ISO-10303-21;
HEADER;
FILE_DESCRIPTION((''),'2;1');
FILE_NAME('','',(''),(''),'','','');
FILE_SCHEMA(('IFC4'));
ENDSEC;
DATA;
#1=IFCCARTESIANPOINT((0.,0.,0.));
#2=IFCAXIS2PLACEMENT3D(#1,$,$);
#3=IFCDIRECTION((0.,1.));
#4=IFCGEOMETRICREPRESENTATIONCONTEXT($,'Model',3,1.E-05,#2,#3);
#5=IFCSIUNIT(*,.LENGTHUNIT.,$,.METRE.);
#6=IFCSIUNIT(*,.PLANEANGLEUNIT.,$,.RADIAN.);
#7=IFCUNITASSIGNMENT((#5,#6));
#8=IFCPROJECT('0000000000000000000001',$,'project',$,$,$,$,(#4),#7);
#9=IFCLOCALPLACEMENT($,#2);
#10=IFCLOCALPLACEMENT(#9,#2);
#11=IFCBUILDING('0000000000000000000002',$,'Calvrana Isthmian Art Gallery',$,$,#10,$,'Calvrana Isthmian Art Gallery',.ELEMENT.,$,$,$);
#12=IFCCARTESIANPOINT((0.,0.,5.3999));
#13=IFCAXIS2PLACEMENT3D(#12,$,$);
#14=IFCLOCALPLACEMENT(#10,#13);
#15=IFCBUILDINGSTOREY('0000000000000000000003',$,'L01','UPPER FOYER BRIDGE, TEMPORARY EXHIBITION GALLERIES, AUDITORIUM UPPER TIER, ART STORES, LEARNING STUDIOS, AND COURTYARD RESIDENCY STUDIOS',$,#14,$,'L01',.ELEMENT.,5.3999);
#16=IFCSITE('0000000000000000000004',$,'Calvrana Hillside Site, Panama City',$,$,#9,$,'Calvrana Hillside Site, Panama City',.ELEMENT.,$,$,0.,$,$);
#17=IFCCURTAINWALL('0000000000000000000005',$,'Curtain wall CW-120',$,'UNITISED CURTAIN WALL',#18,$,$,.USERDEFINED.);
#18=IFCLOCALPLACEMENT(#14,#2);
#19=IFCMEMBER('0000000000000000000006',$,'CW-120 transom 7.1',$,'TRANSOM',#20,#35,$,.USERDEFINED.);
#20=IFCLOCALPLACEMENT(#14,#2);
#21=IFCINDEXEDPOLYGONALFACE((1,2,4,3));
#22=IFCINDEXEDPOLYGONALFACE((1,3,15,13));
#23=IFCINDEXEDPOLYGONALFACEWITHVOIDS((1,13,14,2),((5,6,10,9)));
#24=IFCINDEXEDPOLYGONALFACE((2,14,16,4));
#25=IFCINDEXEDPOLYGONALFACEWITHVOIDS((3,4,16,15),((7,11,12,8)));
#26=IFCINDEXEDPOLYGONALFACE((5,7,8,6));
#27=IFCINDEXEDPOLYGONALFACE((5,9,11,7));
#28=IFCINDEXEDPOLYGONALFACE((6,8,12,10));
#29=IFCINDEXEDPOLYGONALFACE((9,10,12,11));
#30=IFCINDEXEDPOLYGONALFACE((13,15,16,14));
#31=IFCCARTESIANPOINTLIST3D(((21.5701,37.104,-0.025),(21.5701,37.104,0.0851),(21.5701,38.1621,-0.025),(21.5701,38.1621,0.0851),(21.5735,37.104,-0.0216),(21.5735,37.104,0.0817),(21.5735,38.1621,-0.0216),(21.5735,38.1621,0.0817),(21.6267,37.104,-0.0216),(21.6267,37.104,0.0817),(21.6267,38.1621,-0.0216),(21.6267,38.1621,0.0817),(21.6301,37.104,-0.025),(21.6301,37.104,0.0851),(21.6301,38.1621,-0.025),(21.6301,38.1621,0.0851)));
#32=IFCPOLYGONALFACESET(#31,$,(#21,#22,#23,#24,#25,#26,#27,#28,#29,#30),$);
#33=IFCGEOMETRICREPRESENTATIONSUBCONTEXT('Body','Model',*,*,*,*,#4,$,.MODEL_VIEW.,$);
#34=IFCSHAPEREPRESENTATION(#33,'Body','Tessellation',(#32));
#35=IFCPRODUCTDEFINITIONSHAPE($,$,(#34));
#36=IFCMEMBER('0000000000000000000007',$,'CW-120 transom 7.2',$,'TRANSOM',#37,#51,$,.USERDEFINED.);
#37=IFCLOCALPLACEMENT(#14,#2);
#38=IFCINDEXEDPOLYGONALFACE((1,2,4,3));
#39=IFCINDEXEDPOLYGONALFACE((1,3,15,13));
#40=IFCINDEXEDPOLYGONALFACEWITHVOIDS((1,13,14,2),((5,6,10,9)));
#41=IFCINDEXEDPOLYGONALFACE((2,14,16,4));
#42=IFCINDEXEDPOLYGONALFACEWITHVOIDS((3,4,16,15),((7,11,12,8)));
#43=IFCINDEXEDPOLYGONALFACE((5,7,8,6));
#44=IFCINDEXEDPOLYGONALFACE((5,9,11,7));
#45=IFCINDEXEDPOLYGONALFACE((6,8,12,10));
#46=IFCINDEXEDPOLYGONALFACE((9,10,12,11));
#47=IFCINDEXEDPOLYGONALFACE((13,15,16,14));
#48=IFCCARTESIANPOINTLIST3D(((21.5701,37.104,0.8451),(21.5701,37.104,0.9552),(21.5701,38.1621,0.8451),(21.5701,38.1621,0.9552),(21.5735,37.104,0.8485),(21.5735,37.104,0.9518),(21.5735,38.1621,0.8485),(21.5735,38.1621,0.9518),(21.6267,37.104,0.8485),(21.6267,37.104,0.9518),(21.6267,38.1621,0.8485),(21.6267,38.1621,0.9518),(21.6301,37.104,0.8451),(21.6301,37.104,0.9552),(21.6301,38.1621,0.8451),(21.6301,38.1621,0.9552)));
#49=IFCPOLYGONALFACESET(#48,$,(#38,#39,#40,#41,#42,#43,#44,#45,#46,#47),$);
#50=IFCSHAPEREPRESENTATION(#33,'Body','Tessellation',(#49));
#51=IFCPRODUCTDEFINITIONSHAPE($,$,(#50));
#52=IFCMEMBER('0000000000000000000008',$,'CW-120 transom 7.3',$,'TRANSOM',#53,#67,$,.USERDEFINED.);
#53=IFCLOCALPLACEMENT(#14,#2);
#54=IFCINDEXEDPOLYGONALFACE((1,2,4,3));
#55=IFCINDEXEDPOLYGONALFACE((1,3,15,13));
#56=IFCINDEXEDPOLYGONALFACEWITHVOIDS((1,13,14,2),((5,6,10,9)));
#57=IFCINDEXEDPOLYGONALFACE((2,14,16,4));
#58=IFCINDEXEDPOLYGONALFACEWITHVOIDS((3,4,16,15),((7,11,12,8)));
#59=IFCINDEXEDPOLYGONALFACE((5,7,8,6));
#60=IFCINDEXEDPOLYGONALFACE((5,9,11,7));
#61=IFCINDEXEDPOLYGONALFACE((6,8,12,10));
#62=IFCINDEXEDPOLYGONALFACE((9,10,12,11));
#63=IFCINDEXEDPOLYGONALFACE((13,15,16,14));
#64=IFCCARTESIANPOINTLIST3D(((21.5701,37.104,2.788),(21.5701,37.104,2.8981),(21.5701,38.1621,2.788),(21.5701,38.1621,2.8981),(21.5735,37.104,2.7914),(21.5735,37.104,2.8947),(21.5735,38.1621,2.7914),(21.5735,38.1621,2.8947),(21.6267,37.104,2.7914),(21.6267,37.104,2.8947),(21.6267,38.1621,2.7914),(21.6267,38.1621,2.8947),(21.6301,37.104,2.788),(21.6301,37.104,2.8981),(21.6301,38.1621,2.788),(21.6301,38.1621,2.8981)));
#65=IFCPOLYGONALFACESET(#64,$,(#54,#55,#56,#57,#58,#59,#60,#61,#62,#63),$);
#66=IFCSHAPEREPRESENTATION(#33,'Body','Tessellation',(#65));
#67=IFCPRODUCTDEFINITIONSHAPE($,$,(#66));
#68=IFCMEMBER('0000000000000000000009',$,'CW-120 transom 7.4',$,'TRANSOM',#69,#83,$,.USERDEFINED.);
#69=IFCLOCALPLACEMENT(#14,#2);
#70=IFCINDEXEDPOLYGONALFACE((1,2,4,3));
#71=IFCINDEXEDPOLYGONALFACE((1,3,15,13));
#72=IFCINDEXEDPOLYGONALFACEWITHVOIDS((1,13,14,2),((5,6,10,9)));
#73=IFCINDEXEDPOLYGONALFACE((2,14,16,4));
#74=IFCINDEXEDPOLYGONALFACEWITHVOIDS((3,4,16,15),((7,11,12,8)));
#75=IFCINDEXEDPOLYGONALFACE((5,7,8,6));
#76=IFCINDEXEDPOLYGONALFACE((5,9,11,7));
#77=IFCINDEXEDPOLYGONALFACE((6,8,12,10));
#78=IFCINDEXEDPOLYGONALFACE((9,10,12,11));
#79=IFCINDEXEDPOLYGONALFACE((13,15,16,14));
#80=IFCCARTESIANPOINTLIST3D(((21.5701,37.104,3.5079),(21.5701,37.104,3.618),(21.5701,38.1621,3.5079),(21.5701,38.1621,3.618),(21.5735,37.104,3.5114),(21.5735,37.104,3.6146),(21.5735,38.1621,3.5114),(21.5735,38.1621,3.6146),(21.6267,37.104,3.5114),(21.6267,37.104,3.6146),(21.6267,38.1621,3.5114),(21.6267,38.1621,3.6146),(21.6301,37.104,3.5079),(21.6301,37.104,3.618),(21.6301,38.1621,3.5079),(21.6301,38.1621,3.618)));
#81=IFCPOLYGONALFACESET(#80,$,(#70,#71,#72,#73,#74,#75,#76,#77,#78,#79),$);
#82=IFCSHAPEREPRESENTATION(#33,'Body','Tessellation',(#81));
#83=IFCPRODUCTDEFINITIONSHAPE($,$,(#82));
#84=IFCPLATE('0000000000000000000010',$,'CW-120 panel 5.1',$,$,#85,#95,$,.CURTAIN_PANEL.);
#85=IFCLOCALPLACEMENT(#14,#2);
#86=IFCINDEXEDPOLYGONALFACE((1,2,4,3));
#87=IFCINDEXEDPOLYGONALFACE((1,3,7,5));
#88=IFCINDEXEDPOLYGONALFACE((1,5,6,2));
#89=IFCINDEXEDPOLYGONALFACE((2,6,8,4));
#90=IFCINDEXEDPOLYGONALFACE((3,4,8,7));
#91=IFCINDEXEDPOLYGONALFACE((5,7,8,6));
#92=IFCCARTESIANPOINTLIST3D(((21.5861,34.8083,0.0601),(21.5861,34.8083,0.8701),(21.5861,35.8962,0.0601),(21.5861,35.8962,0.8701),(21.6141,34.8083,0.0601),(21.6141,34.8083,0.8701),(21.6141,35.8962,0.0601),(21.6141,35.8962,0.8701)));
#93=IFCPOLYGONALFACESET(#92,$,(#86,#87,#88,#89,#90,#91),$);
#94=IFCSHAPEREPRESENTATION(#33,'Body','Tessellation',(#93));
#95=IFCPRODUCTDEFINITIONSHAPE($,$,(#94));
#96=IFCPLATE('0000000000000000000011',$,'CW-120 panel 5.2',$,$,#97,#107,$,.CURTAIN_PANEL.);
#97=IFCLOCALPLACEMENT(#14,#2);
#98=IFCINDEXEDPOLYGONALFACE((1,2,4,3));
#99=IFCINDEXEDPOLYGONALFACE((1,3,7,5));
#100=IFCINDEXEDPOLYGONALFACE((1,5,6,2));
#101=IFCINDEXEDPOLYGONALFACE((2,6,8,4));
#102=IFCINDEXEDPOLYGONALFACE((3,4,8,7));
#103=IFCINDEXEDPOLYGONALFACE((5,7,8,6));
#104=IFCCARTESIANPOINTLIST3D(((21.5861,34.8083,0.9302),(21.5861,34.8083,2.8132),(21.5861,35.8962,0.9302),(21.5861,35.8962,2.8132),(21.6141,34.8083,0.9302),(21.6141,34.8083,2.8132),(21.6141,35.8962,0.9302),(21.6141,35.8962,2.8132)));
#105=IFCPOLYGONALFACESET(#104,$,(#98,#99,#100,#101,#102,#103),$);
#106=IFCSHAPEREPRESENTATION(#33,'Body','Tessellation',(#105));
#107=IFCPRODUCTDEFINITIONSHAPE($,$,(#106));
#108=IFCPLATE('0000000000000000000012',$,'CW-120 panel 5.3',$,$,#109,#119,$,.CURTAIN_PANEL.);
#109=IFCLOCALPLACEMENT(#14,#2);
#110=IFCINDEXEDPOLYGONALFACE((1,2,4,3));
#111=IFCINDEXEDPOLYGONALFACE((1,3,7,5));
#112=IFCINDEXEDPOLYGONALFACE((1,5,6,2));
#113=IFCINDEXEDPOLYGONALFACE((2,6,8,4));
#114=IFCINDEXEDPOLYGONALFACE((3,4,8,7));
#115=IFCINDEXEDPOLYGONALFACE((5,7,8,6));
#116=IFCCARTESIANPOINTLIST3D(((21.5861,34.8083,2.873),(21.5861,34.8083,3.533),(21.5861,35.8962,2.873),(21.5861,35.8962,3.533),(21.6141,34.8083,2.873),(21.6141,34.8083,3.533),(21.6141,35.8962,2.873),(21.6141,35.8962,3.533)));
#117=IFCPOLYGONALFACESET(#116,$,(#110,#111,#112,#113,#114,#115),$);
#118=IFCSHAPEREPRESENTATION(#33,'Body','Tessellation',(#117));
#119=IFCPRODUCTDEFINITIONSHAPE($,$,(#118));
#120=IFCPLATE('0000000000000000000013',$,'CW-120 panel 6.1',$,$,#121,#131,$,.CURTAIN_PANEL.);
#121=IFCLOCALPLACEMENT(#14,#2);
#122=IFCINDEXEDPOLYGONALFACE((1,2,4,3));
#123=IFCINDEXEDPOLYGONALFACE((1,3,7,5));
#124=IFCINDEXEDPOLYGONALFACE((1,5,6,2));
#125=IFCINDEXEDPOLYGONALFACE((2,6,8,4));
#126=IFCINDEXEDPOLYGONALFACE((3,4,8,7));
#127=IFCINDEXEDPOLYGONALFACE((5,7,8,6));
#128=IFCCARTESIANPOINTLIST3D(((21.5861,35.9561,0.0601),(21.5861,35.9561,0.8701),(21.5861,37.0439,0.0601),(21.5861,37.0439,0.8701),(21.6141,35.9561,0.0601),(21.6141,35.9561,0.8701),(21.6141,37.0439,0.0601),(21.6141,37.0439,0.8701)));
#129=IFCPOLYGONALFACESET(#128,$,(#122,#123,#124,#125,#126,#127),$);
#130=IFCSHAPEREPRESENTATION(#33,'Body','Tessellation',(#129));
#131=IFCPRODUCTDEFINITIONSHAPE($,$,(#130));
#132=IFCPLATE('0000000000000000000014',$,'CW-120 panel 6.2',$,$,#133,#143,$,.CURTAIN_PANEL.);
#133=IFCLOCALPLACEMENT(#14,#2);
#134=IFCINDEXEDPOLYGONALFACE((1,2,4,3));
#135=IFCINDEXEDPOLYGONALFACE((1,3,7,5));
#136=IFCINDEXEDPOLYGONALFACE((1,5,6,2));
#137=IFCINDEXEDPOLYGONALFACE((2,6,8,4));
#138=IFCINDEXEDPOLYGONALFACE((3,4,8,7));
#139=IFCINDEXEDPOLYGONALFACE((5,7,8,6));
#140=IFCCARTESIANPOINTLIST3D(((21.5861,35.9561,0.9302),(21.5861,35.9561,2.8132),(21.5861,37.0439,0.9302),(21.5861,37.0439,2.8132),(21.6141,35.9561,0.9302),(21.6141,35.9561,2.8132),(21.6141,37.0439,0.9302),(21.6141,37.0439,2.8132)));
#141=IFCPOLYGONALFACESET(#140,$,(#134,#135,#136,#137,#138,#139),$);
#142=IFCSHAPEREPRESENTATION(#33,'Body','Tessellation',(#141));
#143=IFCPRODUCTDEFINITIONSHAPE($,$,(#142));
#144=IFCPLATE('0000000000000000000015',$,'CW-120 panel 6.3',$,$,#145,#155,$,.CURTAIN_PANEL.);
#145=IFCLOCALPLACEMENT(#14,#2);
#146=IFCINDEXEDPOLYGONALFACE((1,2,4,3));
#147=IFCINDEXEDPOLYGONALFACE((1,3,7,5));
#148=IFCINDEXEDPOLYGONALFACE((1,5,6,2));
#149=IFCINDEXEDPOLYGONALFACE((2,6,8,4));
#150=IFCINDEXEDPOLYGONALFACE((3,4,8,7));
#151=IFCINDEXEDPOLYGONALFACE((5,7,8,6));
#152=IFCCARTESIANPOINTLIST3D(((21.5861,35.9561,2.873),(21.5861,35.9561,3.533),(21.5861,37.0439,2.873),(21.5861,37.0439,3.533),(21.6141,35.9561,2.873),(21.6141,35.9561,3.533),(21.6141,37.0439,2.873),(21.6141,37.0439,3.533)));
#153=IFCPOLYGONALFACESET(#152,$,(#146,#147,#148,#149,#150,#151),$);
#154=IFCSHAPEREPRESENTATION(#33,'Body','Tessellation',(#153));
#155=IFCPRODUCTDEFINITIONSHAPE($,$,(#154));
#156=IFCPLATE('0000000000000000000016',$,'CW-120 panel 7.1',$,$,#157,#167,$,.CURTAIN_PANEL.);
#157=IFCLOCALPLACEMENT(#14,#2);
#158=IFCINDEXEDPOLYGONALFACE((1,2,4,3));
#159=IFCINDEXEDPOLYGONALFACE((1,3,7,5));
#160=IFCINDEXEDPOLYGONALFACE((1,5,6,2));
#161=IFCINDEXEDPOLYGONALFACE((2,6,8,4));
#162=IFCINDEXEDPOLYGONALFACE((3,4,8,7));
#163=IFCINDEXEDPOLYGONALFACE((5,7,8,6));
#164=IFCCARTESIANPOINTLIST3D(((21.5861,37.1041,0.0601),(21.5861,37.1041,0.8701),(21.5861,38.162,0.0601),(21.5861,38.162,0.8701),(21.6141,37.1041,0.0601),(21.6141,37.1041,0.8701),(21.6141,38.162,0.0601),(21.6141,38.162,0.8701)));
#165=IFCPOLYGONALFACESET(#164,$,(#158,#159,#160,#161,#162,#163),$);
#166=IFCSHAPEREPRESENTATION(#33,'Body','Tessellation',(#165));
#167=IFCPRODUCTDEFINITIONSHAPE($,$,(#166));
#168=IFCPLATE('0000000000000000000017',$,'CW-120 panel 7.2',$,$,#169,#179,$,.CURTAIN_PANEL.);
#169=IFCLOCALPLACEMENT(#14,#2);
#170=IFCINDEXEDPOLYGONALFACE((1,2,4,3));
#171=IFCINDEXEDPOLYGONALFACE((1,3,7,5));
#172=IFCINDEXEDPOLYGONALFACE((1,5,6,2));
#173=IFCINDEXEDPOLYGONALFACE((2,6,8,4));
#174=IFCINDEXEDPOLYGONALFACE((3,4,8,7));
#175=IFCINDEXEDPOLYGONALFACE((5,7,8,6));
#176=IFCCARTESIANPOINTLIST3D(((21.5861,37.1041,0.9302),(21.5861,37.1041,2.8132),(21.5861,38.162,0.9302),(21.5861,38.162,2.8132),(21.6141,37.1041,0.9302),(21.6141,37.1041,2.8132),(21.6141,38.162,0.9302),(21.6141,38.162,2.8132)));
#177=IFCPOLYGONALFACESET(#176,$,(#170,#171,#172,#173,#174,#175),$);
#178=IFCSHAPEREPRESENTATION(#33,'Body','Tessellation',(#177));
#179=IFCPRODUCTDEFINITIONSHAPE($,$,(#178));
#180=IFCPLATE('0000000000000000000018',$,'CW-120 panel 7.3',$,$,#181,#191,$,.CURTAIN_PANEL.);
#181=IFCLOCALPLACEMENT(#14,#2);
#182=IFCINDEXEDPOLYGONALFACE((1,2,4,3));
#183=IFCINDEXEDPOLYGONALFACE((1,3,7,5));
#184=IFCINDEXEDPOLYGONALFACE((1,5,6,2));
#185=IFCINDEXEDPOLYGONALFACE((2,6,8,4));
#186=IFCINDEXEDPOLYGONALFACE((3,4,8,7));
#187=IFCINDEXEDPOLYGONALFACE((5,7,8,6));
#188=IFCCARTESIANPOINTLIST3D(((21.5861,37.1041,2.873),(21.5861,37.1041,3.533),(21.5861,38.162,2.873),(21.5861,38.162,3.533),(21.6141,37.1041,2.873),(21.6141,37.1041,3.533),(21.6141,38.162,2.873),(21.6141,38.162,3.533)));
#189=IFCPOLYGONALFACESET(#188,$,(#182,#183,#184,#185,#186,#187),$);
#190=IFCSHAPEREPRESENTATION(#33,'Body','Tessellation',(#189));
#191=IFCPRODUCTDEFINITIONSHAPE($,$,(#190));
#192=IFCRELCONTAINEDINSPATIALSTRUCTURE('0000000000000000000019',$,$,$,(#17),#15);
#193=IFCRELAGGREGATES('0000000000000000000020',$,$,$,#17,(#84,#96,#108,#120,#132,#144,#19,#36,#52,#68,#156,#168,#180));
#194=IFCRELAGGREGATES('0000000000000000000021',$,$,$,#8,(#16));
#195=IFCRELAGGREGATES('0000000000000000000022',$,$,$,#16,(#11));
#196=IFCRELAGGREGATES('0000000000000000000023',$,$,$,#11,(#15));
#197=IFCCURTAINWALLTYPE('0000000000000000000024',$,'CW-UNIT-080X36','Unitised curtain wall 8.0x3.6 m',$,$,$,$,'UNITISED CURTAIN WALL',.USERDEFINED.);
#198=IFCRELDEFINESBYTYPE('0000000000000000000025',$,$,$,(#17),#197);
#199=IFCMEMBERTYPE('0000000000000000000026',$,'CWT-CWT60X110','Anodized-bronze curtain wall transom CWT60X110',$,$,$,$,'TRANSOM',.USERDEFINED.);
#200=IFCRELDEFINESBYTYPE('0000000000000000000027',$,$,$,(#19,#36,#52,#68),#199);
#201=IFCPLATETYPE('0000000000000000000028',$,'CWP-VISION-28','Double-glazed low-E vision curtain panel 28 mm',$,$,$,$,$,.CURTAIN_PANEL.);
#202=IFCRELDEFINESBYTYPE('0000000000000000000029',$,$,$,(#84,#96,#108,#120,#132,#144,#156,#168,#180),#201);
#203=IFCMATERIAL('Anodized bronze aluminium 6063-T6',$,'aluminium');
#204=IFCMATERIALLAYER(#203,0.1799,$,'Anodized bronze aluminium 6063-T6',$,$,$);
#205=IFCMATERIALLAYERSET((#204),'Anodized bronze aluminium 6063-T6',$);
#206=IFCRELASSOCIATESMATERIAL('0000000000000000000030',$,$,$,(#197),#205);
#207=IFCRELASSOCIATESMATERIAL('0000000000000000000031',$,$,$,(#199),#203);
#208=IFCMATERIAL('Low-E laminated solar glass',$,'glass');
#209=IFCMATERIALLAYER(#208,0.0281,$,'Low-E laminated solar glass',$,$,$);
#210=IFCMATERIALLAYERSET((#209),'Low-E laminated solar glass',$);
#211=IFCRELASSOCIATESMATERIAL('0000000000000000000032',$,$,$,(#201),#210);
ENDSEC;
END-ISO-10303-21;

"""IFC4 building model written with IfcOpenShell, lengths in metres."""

from ifc_helpers import new_model, si_unit, direction, frame, origin, origin_2d, place, context, subcontext, project, spatial, rectangle, hollow_rectangle, extrude, material, layer, layer_set, material_profile, profile_set, type_object, element, aggregate, save


model = new_model("IFC4")

# Units and contexts
model_context = context("Model", 3, precision=1e-05, world=origin(), true_north=direction((0.0, 1.0)))
body_context = subcontext(model_context, "Body", "Model", "MODEL_VIEW")
ifc_project = project(units=[si_unit("LENGTHUNIT", "METRE"), si_unit("PLANEANGLEUNIT", "RADIAN")], contexts=[model_context])

# Site, building, storey
site_placement = place(None, origin())
site = spatial("IfcSite", under=ifc_project, at=site_placement, Name="Calvrana Hillside Site, Panama City", LongName="Calvrana Hillside Site, Panama City", CompositionType="ELEMENT", RefElevation=0.0)
building_placement = place(site_placement, origin())
building = spatial("IfcBuilding", under=site, at=building_placement, Name="Calvrana Isthmian Art Gallery", LongName="Calvrana Isthmian Art Gallery", CompositionType="ELEMENT")
storey_placement = place(building_placement, frame((0.0, 0.0, 5.3999)))
storey = spatial("IfcBuildingStorey", under=building, at=storey_placement, Name="L01", Description="UPPER FOYER BRIDGE, TEMPORARY EXHIBITION GALLERIES, AUDITORIUM UPPER TIER, ART STORES, LEARNING STUDIOS, AND COURTYARD RESIDENCY STUDIOS", LongName="L01", CompositionType="ELEMENT", Elevation=5.3999)

# Curtain wall, members, plates
ifc_material_1 = material(Name="Anodized bronze aluminium 6063-T6", Category="aluminium")
ifc_layer_1 = layer(ifc_material_1, 0.1799, Name="Anodized bronze aluminium 6063-T6")
ifc_layer_set_1 = layer_set([ifc_layer_1], Name="Anodized bronze aluminium 6063-T6")
curtain_wall_type = type_object("IfcCurtainWallType", Name="CW-UNIT-080X36", Description="Unitised curtain wall 8.0x3.6 m", ElementType="UNITISED CURTAIN WALL", PredefinedType="USERDEFINED", material=ifc_layer_set_1)
curtain_wall_placement = place(storey_placement, origin())
curtain_wall = element("IfcCurtainWall", 1, at=curtain_wall_placement, inside=storey, type_object=curtain_wall_type, Name="Curtain wall CW-120", ObjectType="UNITISED CURTAIN WALL", PredefinedType="USERDEFINED")
ifc_material_profile_1 = material_profile(ifc_material_1, hollow_rectangle(XDim=0.0601, YDim=0.1101, WallThickness=0.0034, at=origin_2d()), Name="CWT60X110")
ifc_profile_set_1 = profile_set([ifc_material_profile_1], Name="Anodized bronze aluminium 6063-T6")
member_type_1 = type_object("IfcMemberType", Name="CWT-CWT60X110", Description="Anodized-bronze curtain wall transom CWT60X110", ElementType="TRANSOM", PredefinedType="USERDEFINED", material=ifc_profile_set_1)
member_1_placement = place(storey_placement, frame((21.6001, 37.104, 0.03), z_axis=(0.0, 1.0, 0.0), x_axis=(-1.0, 0.0, 0.0)))
member_1 = element("IfcMember", 2, at=member_1_placement, type_object=member_type_1, Name="CW-120 transom 7.1", ObjectType="TRANSOM", PredefinedType="USERDEFINED", context=body_context, shape_type="SweptSolid", body=[
    extrude(hollow_rectangle(XDim=0.0601, YDim=0.1101, WallThickness=0.0034, at=origin_2d()), origin(), (0.0, 0.0, 1.0), 1.0581),
])
member_2_placement = place(storey_placement, frame((21.6001, 37.104, 0.9001), z_axis=(0.0, 1.0, 0.0), x_axis=(-1.0, 0.0, 0.0)))
member_2 = element("IfcMember", 3, at=member_2_placement, type_object=member_type_1, Name="CW-120 transom 7.2", ObjectType="TRANSOM", PredefinedType="USERDEFINED", context=body_context, shape_type="SweptSolid", body=[
    extrude(hollow_rectangle(XDim=0.0601, YDim=0.1101, WallThickness=0.0034, at=origin_2d()), origin(), (0.0, 0.0, 1.0), 1.0581),
])
member_3_placement = place(storey_placement, frame((21.6001, 37.104, 2.843), z_axis=(0.0, 1.0, 0.0), x_axis=(-1.0, 0.0, 0.0)))
member_3 = element("IfcMember", 4, at=member_3_placement, type_object=member_type_1, Name="CW-120 transom 7.3", ObjectType="TRANSOM", PredefinedType="USERDEFINED", context=body_context, shape_type="SweptSolid", body=[
    extrude(hollow_rectangle(XDim=0.0601, YDim=0.1101, WallThickness=0.0034, at=origin_2d()), origin(), (0.0, 0.0, 1.0), 1.0581),
])
member_4_placement = place(storey_placement, frame((21.6001, 37.104, 3.563), z_axis=(0.0, 1.0, 0.0), x_axis=(-1.0, 0.0, 0.0)))
member_4 = element("IfcMember", 5, at=member_4_placement, type_object=member_type_1, Name="CW-120 transom 7.4", ObjectType="TRANSOM", PredefinedType="USERDEFINED", context=body_context, shape_type="SweptSolid", body=[
    extrude(hollow_rectangle(XDim=0.0601, YDim=0.1101, WallThickness=0.0034, at=origin_2d()), origin(), (0.0, 0.0, 1.0), 1.0581),
])
ifc_material_2 = material(Name="Low-E laminated solar glass", Category="glass")
ifc_layer_2 = layer(ifc_material_2, 0.0281, Name="Low-E laminated solar glass")
ifc_layer_set_2 = layer_set([ifc_layer_2], Name="Low-E laminated solar glass")
plate_type = type_object("IfcPlateType", Name="CWP-VISION-28", Description="Double-glazed low-E vision curtain panel 28 mm", PredefinedType="CURTAIN_PANEL", material=ifc_layer_set_2)
plate_1_placement = place(storey_placement, frame((21.6001, 35.3523, 0.0601), z_axis=(0.0, 0.0, 1.0), x_axis=(0.0, 1.0, 0.0)))
plate_1 = element("IfcPlate", 6, at=plate_1_placement, type_object=plate_type, Name="CW-120 panel 5.1", PredefinedType="CURTAIN_PANEL", context=body_context, shape_type="SweptSolid", body=[
    extrude(rectangle(XDim=1.0879, YDim=0.0281, at=origin_2d()), origin(), (0.0, 0.0, 1.0), 0.8101),
])
plate_2_placement = place(storey_placement, frame((21.6001, 35.3523, 0.9302), z_axis=(0.0, 0.0, 1.0), x_axis=(0.0, 1.0, 0.0)))
plate_2 = element("IfcPlate", 7, at=plate_2_placement, type_object=plate_type, Name="CW-120 panel 5.2", PredefinedType="CURTAIN_PANEL", context=body_context, shape_type="SweptSolid", body=[
    extrude(rectangle(XDim=1.0879, YDim=0.0281, at=origin_2d()), origin(), (0.0, 0.0, 1.0), 1.8831),
])
plate_3_placement = place(storey_placement, frame((21.6001, 35.3523, 2.873), z_axis=(0.0, 0.0, 1.0), x_axis=(0.0, 1.0, 0.0)))
plate_3 = element("IfcPlate", 8, at=plate_3_placement, type_object=plate_type, Name="CW-120 panel 5.3", PredefinedType="CURTAIN_PANEL", context=body_context, shape_type="SweptSolid", body=[
    extrude(rectangle(XDim=1.0879, YDim=0.0281, at=origin_2d()), origin(), (0.0, 0.0, 1.0), 0.6599),
])
plate_4_placement = place(storey_placement, frame((21.6001, 36.5, 0.0601), z_axis=(0.0, 0.0, 1.0), x_axis=(0.0, 1.0, 0.0)))
plate_4 = element("IfcPlate", 9, at=plate_4_placement, type_object=plate_type, Name="CW-120 panel 6.1", PredefinedType="CURTAIN_PANEL", context=body_context, shape_type="SweptSolid", body=[
    extrude(rectangle(XDim=1.0879, YDim=0.0281, at=origin_2d()), origin(), (0.0, 0.0, 1.0), 0.8101),
])
plate_5_placement = place(storey_placement, frame((21.6001, 36.5, 0.9302), z_axis=(0.0, 0.0, 1.0), x_axis=(0.0, 1.0, 0.0)))
plate_5 = element("IfcPlate", 10, at=plate_5_placement, type_object=plate_type, Name="CW-120 panel 6.2", PredefinedType="CURTAIN_PANEL", context=body_context, shape_type="SweptSolid", body=[
    extrude(rectangle(XDim=1.0879, YDim=0.0281, at=origin_2d()), origin(), (0.0, 0.0, 1.0), 1.8831),
])
plate_6_placement = place(storey_placement, frame((21.6001, 36.5, 2.873), z_axis=(0.0, 0.0, 1.0), x_axis=(0.0, 1.0, 0.0)))
plate_6 = element("IfcPlate", 11, at=plate_6_placement, type_object=plate_type, Name="CW-120 panel 6.3", PredefinedType="CURTAIN_PANEL", context=body_context, shape_type="SweptSolid", body=[
    extrude(rectangle(XDim=1.0879, YDim=0.0281, at=origin_2d()), origin(), (0.0, 0.0, 1.0), 0.6599),
])
plate_7_placement = place(storey_placement, frame((21.6001, 37.6331, 0.0601), z_axis=(0.0, 0.0, 1.0), x_axis=(0.0, 1.0, 0.0)))
plate_7 = element("IfcPlate", 12, at=plate_7_placement, type_object=plate_type, Name="CW-120 panel 7.1", PredefinedType="CURTAIN_PANEL", context=body_context, shape_type="SweptSolid", body=[
    extrude(rectangle(XDim=1.0579, YDim=0.0281, at=origin_2d()), origin(), (0.0, 0.0, 1.0), 0.8101),
])
plate_8_placement = place(storey_placement, frame((21.6001, 37.6331, 0.9302), z_axis=(0.0, 0.0, 1.0), x_axis=(0.0, 1.0, 0.0)))
plate_8 = element("IfcPlate", 13, at=plate_8_placement, type_object=plate_type, Name="CW-120 panel 7.2", PredefinedType="CURTAIN_PANEL", context=body_context, shape_type="SweptSolid", body=[
    extrude(rectangle(XDim=1.0579, YDim=0.0281, at=origin_2d()), origin(), (0.0, 0.0, 1.0), 1.8831),
])
plate_9_placement = place(storey_placement, frame((21.6001, 37.6331, 2.873), z_axis=(0.0, 0.0, 1.0), x_axis=(0.0, 1.0, 0.0)))
plate_9 = element("IfcPlate", 14, at=plate_9_placement, type_object=plate_type, Name="CW-120 panel 7.3", PredefinedType="CURTAIN_PANEL", context=body_context, shape_type="SweptSolid", body=[
    extrude(rectangle(XDim=1.0579, YDim=0.0281, at=origin_2d()), origin(), (0.0, 0.0, 1.0), 0.6599),
])
aggregate(curtain_wall, [plate_1, plate_2, plate_3, plate_4, plate_5, plate_6, member_1, member_2, member_3, member_4, plate_7, plate_8, plate_9])

save(model, "model.ifc")
